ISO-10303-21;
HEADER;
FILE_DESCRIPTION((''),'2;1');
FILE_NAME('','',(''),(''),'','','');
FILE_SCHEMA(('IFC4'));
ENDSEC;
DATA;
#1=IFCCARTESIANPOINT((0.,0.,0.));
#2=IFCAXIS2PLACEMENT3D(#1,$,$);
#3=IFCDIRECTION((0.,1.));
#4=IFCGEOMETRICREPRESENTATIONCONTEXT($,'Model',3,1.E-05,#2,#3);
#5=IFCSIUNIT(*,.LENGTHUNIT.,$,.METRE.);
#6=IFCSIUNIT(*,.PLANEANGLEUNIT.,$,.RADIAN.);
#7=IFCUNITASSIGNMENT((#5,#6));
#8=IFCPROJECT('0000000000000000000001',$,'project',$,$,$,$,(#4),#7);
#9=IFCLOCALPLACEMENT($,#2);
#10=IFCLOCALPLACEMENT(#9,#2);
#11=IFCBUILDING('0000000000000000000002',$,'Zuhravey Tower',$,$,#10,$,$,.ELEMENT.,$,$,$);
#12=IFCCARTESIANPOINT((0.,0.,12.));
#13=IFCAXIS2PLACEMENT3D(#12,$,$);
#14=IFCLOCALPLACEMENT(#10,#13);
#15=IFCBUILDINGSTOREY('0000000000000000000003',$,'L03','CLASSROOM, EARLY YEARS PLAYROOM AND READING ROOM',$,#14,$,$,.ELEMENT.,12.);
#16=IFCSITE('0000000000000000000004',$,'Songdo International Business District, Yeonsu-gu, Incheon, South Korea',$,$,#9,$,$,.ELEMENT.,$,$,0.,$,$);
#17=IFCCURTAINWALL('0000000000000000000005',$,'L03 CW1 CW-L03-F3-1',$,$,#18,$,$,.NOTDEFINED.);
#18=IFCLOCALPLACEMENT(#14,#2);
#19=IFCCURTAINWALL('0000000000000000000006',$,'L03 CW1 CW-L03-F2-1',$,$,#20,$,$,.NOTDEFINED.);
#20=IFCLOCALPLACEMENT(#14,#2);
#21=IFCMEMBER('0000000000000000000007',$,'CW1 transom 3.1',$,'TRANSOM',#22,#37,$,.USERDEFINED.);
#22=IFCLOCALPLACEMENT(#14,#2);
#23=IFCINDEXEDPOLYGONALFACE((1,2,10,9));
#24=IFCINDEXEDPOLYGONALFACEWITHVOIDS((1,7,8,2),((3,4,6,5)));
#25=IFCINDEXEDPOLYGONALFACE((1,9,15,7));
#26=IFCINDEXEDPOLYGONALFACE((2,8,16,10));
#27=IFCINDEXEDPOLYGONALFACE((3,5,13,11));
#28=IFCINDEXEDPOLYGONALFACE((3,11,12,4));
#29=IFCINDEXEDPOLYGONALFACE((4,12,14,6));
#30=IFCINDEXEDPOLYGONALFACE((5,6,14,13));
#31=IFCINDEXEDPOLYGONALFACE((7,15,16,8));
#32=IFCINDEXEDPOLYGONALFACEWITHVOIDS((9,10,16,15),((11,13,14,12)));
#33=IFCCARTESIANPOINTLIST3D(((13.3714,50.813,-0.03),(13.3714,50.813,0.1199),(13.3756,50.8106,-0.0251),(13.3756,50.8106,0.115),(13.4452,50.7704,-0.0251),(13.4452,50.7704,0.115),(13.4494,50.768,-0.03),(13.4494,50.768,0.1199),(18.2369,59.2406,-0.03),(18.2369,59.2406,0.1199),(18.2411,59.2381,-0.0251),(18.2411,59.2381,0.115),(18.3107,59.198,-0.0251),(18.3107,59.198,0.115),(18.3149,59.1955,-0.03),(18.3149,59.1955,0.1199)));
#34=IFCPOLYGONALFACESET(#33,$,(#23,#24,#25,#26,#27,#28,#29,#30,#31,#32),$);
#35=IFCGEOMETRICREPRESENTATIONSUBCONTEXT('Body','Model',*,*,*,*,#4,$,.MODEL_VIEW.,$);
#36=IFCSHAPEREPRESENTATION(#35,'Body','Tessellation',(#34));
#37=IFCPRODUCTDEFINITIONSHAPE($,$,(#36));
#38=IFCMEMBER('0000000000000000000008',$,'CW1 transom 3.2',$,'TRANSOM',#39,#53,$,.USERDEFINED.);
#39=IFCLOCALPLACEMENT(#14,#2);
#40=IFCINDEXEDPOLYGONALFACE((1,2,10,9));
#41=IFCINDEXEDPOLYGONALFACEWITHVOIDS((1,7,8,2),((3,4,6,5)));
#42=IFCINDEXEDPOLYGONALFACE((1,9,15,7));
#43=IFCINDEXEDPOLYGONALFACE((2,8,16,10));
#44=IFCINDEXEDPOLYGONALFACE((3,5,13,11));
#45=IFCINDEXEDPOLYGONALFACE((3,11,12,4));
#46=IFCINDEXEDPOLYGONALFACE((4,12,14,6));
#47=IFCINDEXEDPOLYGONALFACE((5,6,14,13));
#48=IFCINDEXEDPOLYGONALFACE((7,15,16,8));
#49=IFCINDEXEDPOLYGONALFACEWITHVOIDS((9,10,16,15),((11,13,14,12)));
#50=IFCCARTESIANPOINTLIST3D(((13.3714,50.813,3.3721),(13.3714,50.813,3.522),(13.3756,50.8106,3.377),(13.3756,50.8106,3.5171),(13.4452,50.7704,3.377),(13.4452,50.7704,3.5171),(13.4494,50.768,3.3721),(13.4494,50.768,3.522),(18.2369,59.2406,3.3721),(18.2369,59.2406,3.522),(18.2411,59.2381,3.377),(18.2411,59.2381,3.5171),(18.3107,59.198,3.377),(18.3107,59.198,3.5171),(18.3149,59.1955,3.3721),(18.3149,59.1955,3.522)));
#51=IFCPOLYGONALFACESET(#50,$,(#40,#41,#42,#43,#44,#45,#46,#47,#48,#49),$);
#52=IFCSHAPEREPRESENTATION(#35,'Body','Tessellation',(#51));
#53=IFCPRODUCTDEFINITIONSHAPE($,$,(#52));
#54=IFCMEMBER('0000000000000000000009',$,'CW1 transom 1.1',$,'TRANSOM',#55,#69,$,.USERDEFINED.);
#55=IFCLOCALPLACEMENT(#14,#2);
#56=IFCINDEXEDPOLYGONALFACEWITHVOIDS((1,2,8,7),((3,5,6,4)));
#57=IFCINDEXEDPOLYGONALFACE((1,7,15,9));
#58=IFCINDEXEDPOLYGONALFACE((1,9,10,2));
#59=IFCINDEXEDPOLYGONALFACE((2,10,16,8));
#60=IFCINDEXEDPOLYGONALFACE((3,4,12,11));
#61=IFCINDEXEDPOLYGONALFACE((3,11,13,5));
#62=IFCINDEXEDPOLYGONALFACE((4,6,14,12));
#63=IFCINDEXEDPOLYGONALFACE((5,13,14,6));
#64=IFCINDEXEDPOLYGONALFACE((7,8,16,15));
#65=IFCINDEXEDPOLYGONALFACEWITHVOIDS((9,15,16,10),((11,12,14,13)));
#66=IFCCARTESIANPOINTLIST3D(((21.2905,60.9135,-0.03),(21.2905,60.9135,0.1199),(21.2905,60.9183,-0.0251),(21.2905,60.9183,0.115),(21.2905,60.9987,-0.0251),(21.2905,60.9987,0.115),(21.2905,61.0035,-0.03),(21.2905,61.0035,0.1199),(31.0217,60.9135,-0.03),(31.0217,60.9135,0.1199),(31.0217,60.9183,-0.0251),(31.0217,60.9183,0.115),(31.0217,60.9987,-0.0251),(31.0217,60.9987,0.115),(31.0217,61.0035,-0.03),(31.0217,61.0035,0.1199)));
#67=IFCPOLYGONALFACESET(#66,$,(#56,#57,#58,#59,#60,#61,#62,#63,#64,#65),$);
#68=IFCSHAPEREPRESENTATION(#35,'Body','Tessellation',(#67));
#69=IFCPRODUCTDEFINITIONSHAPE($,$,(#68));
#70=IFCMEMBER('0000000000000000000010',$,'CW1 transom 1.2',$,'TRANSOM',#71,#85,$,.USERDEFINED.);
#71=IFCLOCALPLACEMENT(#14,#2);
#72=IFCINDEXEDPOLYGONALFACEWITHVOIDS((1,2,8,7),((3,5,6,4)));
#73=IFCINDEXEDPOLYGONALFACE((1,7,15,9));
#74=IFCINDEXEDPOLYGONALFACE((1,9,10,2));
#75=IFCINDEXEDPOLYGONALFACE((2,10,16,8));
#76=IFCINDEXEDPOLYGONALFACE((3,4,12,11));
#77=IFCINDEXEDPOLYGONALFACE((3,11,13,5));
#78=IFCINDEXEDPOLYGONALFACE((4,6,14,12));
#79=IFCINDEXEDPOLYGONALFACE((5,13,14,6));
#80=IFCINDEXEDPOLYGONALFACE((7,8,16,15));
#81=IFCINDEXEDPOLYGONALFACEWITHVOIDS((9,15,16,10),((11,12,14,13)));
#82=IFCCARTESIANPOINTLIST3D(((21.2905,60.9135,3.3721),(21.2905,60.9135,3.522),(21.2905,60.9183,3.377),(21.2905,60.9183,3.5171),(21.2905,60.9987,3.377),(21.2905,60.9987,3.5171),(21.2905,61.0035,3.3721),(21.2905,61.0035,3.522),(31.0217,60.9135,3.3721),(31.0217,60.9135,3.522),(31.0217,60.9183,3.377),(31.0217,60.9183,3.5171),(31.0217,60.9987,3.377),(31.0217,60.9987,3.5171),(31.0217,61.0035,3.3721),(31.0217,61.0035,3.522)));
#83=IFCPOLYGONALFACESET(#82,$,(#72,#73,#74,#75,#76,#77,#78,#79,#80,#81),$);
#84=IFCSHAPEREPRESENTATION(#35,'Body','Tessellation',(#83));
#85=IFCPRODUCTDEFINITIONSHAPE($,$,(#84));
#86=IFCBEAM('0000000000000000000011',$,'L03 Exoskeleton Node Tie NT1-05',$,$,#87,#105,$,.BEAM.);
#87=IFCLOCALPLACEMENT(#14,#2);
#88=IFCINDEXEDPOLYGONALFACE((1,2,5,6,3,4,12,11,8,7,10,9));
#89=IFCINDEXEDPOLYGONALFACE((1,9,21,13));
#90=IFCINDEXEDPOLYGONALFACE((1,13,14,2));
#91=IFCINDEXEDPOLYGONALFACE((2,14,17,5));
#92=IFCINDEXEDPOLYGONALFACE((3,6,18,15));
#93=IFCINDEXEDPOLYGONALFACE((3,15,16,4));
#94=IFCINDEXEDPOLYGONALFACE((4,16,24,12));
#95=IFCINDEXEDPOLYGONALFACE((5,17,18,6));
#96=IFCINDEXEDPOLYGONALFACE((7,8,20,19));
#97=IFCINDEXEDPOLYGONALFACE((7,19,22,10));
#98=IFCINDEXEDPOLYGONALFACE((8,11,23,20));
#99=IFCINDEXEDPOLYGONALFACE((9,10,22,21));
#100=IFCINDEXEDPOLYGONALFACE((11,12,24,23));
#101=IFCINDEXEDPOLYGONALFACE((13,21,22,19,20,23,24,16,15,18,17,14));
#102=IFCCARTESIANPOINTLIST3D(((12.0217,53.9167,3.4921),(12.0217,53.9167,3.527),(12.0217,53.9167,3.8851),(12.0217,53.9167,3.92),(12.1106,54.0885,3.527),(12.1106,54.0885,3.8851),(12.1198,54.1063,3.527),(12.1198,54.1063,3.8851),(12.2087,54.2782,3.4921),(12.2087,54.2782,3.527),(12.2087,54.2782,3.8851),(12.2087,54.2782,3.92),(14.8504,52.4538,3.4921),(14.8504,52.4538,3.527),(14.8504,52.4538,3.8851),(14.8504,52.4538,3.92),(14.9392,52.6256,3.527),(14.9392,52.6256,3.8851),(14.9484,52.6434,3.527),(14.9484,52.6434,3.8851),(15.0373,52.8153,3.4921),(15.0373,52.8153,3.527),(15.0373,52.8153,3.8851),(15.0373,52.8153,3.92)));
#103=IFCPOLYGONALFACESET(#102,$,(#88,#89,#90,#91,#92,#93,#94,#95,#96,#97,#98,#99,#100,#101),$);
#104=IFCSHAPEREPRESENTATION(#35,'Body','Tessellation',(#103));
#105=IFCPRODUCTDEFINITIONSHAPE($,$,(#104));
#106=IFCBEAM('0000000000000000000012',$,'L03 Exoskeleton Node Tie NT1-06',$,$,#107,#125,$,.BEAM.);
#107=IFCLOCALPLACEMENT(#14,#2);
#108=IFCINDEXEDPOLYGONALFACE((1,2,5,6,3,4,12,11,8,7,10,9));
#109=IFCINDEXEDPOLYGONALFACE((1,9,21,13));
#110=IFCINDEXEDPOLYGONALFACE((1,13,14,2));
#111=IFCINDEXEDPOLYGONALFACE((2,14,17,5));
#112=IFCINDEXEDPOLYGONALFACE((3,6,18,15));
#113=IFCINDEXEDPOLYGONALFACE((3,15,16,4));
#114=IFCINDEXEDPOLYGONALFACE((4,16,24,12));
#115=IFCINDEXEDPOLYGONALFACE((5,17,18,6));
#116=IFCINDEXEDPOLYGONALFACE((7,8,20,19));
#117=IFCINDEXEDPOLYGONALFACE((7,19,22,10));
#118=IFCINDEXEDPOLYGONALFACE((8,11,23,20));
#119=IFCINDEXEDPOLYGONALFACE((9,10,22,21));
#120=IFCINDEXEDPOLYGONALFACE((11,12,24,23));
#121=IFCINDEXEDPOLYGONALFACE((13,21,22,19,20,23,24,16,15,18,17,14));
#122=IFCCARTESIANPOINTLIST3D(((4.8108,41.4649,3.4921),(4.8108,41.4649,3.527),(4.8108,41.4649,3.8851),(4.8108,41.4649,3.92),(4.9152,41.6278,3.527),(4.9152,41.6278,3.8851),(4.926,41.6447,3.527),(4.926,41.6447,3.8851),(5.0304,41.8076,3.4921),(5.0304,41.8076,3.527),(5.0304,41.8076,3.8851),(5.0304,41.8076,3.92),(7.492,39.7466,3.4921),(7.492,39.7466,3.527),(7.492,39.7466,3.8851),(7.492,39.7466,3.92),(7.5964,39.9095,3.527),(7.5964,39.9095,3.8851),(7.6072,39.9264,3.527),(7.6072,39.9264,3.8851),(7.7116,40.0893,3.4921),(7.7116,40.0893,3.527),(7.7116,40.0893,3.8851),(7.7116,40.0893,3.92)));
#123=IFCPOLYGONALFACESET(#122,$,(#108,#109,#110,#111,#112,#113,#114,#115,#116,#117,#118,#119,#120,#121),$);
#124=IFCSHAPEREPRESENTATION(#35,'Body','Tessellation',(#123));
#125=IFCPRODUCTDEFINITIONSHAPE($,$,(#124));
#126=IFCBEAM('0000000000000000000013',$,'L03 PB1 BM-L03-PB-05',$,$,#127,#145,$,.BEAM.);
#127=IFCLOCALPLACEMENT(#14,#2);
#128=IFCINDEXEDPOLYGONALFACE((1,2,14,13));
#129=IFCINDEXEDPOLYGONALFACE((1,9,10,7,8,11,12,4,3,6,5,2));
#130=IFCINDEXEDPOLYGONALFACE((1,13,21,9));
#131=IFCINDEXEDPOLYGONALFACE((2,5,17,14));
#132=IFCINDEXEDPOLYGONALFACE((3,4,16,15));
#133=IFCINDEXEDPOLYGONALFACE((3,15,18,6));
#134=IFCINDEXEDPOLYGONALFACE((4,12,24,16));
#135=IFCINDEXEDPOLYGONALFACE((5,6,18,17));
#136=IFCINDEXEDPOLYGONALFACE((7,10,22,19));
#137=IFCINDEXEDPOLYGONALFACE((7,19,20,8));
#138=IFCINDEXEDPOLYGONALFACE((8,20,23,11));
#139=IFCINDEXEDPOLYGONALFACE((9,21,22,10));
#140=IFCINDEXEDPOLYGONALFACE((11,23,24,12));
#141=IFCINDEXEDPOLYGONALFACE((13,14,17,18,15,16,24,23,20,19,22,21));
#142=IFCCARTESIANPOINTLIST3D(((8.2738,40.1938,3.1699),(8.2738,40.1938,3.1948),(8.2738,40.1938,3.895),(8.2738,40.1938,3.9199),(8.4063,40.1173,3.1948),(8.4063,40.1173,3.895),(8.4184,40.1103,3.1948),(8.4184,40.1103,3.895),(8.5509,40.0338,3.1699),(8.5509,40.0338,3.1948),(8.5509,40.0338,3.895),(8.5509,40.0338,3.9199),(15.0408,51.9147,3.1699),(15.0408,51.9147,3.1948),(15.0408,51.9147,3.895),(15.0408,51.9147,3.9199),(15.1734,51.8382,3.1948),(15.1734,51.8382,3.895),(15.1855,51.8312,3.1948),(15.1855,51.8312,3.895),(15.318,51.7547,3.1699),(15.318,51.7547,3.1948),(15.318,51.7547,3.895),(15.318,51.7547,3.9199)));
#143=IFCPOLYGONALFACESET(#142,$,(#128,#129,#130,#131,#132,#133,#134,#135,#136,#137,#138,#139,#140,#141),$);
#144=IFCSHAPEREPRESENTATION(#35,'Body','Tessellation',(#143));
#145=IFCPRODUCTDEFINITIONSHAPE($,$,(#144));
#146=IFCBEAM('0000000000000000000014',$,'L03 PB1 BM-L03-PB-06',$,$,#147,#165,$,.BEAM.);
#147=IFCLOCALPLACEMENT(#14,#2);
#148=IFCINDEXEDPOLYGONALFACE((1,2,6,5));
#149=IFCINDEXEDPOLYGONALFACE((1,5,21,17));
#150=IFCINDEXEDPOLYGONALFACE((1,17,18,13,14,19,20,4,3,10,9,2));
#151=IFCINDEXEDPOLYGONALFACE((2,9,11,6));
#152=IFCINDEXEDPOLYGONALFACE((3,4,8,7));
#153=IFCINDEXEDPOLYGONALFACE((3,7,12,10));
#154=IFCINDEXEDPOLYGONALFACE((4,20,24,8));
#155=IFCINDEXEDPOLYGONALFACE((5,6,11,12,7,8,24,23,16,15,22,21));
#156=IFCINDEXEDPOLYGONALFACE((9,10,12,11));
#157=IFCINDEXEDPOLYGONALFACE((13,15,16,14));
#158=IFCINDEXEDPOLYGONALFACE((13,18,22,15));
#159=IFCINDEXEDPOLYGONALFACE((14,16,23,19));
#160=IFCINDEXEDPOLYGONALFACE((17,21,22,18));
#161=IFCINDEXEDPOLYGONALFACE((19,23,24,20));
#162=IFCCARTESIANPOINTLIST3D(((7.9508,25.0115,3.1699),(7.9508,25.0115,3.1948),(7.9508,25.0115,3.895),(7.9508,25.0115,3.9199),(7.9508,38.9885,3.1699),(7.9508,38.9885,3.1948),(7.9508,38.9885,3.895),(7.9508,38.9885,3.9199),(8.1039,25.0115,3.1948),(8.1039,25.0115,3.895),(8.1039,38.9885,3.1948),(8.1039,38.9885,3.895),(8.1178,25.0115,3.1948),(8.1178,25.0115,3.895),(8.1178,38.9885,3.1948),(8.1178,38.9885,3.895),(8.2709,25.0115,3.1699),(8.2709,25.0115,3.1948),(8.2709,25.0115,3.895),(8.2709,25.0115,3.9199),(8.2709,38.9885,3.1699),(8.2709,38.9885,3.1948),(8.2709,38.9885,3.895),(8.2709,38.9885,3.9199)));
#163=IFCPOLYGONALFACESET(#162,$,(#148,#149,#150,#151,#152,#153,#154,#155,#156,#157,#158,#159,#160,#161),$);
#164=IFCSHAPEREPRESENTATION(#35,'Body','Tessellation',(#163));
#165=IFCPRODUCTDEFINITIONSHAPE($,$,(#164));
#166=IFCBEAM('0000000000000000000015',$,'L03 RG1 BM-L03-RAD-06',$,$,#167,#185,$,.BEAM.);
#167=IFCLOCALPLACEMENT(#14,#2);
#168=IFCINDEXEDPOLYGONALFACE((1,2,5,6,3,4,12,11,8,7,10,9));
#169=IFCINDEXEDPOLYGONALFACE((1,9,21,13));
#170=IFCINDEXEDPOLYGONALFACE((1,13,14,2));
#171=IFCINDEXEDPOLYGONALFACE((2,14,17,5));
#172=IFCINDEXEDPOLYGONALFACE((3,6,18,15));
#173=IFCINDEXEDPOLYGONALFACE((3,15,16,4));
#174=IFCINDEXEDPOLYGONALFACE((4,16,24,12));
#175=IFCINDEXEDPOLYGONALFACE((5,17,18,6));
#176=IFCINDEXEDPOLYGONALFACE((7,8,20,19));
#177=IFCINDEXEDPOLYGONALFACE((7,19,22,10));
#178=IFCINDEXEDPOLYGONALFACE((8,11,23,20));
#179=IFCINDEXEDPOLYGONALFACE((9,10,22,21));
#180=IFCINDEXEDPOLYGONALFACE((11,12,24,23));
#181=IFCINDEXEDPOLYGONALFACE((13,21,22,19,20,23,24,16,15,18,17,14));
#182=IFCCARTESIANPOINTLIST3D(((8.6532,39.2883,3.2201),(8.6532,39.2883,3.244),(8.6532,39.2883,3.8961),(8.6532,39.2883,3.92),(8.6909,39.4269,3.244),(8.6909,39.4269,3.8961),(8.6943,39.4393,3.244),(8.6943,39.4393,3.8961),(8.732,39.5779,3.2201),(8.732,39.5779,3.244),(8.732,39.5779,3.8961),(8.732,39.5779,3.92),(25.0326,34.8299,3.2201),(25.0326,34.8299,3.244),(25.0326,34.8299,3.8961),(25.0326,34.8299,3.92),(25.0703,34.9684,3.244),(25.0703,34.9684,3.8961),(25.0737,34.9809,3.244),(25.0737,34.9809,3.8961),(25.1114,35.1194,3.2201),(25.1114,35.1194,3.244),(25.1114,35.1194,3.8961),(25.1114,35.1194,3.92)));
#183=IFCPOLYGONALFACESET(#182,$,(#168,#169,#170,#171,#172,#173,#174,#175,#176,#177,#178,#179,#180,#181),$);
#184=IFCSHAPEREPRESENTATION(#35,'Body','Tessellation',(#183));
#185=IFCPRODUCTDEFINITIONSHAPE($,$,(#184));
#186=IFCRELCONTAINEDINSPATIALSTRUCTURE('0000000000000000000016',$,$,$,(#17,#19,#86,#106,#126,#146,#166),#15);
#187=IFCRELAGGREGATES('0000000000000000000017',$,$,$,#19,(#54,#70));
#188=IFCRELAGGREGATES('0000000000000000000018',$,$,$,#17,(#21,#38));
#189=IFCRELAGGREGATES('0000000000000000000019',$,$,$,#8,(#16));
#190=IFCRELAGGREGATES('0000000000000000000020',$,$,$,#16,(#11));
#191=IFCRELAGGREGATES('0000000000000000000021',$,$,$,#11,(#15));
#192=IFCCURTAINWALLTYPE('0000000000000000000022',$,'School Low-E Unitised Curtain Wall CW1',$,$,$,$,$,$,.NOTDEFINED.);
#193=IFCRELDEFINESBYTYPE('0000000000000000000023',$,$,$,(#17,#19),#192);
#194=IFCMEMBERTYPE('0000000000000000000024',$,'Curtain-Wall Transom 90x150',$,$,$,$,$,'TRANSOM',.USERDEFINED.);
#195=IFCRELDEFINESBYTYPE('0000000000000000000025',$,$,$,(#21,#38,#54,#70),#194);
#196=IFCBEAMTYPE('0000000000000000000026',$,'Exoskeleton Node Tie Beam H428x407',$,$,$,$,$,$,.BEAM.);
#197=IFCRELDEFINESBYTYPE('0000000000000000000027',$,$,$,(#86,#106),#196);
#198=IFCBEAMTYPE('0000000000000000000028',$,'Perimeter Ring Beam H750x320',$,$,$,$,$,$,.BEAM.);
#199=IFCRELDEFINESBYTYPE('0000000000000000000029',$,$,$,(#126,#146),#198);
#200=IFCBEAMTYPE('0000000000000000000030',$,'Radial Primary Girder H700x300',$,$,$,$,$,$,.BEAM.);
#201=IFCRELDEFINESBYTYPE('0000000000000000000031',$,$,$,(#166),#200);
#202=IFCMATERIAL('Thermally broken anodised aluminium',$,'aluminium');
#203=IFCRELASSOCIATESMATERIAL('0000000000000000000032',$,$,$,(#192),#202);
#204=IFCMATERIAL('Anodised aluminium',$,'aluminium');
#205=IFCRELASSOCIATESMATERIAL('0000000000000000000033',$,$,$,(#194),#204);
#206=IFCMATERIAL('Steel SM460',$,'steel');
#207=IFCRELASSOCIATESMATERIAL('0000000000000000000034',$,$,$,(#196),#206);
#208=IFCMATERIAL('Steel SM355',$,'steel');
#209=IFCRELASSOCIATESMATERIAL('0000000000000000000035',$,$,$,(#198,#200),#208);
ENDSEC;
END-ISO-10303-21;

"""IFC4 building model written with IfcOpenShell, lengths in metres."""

from ifc_helpers import new_model, si_unit, direction, frame, origin, origin_2d, place, context, subcontext, project, spatial, hollow_rectangle, i_section, extrude, material, material_profile, profile_set, type_object, element, aggregate, save


model = new_model("IFC4")

# Units and contexts
model_context = context("Model", 3, precision=1e-05, world=origin(), true_north=direction((0.0, 1.0)))
body_context = subcontext(model_context, "Body", "Model", "MODEL_VIEW")
ifc_project = project(units=[si_unit("LENGTHUNIT", "METRE"), si_unit("PLANEANGLEUNIT", "RADIAN")], contexts=[model_context])

# Site, building, storey
site_placement = place(None, origin())
site = spatial("IfcSite", under=ifc_project, at=site_placement, Name="Songdo International Business District, Yeonsu-gu, Incheon, South Korea", CompositionType="ELEMENT", RefElevation=0.0)
building_placement = place(site_placement, origin())
building = spatial("IfcBuilding", under=site, at=building_placement, Name="Zuhravey Tower", CompositionType="ELEMENT")
storey_placement = place(building_placement, frame((0.0, 0.0, 12.0)))
storey = spatial("IfcBuildingStorey", under=building, at=storey_placement, Name="L03", Description="CLASSROOM, EARLY YEARS PLAYROOM AND READING ROOM", CompositionType="ELEMENT", Elevation=12.0)

# Curtain wall
ifc_material_1 = material(Name="Thermally broken anodised aluminium", Category="aluminium")
curtain_wall_type = type_object("IfcCurtainWallType", Name="School Low-E Unitised Curtain Wall CW1", PredefinedType="NOTDEFINED", material=ifc_material_1)
curtain_wall_1_placement = place(storey_placement, origin())
curtain_wall_1 = element("IfcCurtainWall", 1, at=curtain_wall_1_placement, inside=storey, type_object=curtain_wall_type, Name="L03 CW1 CW-L03-F3-1", PredefinedType="NOTDEFINED")
ifc_material_2 = material(Name="Anodised aluminium", Category="aluminium")

# Curtain wall
curtain_wall_2_placement = place(storey_placement, origin())
curtain_wall_2 = element("IfcCurtainWall", 2, at=curtain_wall_2_placement, inside=storey, type_object=curtain_wall_type, Name="L03 CW1 CW-L03-F2-1", PredefinedType="NOTDEFINED")

# Members
ifc_material_profile_1 = material_profile(ifc_material_2, hollow_rectangle(XDim=0.0901, YDim=0.1499, WallThickness=0.0049, at=origin_2d()), Name="ALU-RHS-90x150x5")
ifc_profile_set_1 = profile_set([ifc_material_profile_1], Name="Anodised aluminium")
member_type_1 = type_object("IfcMemberType", Name="Curtain-Wall Transom 90x150", ElementType="TRANSOM", PredefinedType="USERDEFINED", material=ifc_profile_set_1)
member_1_placement = place(storey_placement, frame((13.4104, 50.7905, 0.0449), z_axis=(0.49999, 0.866031, 0.0), x_axis=(-0.866031, 0.49999, 0.0)))
member_1 = element("IfcMember", 3, at=member_1_placement, type_object=member_type_1, Name="CW1 transom 3.1", ObjectType="TRANSOM", PredefinedType="USERDEFINED", context=body_context, shape_type="SweptSolid", body=[
    extrude(hollow_rectangle(XDim=0.0901, YDim=0.1499, WallThickness=0.0049, at=origin_2d()), origin(), (0.0, 0.0, 1.0), 9.7312),
])
member_2_placement = place(storey_placement, frame((13.4104, 50.7905, 3.447), z_axis=(0.49999, 0.866031, 0.0), x_axis=(-0.866031, 0.49999, 0.0)))
member_2 = element("IfcMember", 4, at=member_2_placement, type_object=member_type_1, Name="CW1 transom 3.2", ObjectType="TRANSOM", PredefinedType="USERDEFINED", context=body_context, shape_type="SweptSolid", body=[
    extrude(hollow_rectangle(XDim=0.0901, YDim=0.1499, WallThickness=0.0049, at=origin_2d()), origin(), (0.0, 0.0, 1.0), 9.7312),
])
member_3_placement = place(storey_placement, frame((21.2905, 60.9585, 0.0449), z_axis=(1.0, 0.0, 0.0), x_axis=(0.0, 1.0, 0.0)))
member_3 = element("IfcMember", 5, at=member_3_placement, type_object=member_type_1, Name="CW1 transom 1.1", ObjectType="TRANSOM", PredefinedType="USERDEFINED", context=body_context, shape_type="SweptSolid", body=[
    extrude(hollow_rectangle(XDim=0.0901, YDim=0.1499, WallThickness=0.0049, at=origin_2d()), origin(), (0.0, 0.0, 1.0), 9.7312),
])
member_4_placement = place(storey_placement, frame((21.2905, 60.9585, 3.447), z_axis=(1.0, 0.0, 0.0), x_axis=(0.0, 1.0, 0.0)))
member_4 = element("IfcMember", 6, at=member_4_placement, type_object=member_type_1, Name="CW1 transom 1.2", ObjectType="TRANSOM", PredefinedType="USERDEFINED", context=body_context, shape_type="SweptSolid", body=[
    extrude(hollow_rectangle(XDim=0.0901, YDim=0.1499, WallThickness=0.0049, at=origin_2d()), origin(), (0.0, 0.0, 1.0), 9.7312),
])
aggregate(curtain_wall_2, [member_3, member_4])

# Beams
ifc_material_3 = material(Name="Steel SM460", Category="steel")
ifc_material_profile_2 = material_profile(ifc_material_3, i_section(OverallWidth=0.407, OverallDepth=0.428, WebThickness=0.02, FlangeThickness=0.0349, at=origin_2d()), Name="H-428x407x20x35")
ifc_profile_set_2 = profile_set([ifc_material_profile_2], Name="Steel SM460")
beam_type_1 = type_object("IfcBeamType", Name="Exoskeleton Node Tie Beam H428x407", PredefinedType="BEAM", material=ifc_profile_set_2)
for number, where, z_axis, x_axis, name in (
    (7, (14.9438, 52.6345, 3.7061), (-0.888241, 0.459377, 0.0), (-0.459377, -0.888241, 0.0), "L03 Exoskeleton Node Tie NT1-05"),
    (8, (7.6018, 39.918, 3.7061), (-0.84194, 0.539571, 0.0), (-0.539571, -0.84194, 0.0), "L03 Exoskeleton Node Tie NT1-06"),
):
    element("IfcBeam", number, at=place(storey_placement, frame(where, z_axis=z_axis, x_axis=x_axis)), inside=storey, type_object=beam_type_1, Name=name, PredefinedType="BEAM", context=body_context, shape_type="SweptSolid", body=[
        extrude(i_section(OverallWidth=0.407, OverallDepth=0.428, WebThickness=0.02, FlangeThickness=0.0349, at=origin_2d()), origin(), (0.0, 0.0, 1.0), 3.1846),
    ])
ifc_material_4 = material(Name="Steel SM355", Category="steel")
ifc_material_profile_3 = material_profile(ifc_material_4, i_section(OverallWidth=0.3201, OverallDepth=0.75, WebThickness=0.0139, FlangeThickness=0.0249, at=origin_2d()), Name="H-750x320x14x25")
ifc_profile_set_3 = profile_set([ifc_material_profile_3], Name="Steel SM355")
beam_type_2 = type_object("IfcBeamType", Name="Perimeter Ring Beam H750x320", PredefinedType="BEAM", material=ifc_profile_set_3)
beam_1_placement = place(storey_placement, frame((15.1794, 51.8347, 3.5449), z_axis=(-0.5, -0.866025, 0.0), x_axis=(0.866025, -0.5, 0.0)))
element("IfcBeam", 9, at=beam_1_placement, inside=storey, type_object=beam_type_2, Name="L03 PB1 BM-L03-PB-05", PredefinedType="BEAM", context=body_context, shape_type="SweptSolid", body=[
    extrude(i_section(OverallWidth=0.3201, OverallDepth=0.75, WebThickness=0.0139, FlangeThickness=0.0249, at=origin_2d()), origin(), (0.0, 0.0, 1.0), 13.5342),
])
beam_2_placement = place(storey_placement, frame((8.1108, 38.9885, 3.5449), z_axis=(0.0, -1.0, 0.0), x_axis=(1.0, 0.0, 0.0)))
element("IfcBeam", 10, at=beam_2_placement, inside=storey, type_object=beam_type_2, Name="L03 PB1 BM-L03-PB-06", PredefinedType="BEAM", context=body_context, shape_type="SweptSolid", body=[
    extrude(i_section(OverallWidth=0.3201, OverallDepth=0.75, WebThickness=0.0139, FlangeThickness=0.0249, at=origin_2d()), origin(), (0.0, 0.0, 1.0), 13.9771),
])
ifc_material_profile_4 = material_profile(ifc_material_4, i_section(OverallWidth=0.3, OverallDepth=0.7, WebThickness=0.0129, FlangeThickness=0.0239, at=origin_2d()), Name="H-700x300x13x24")
ifc_profile_set_4 = profile_set([ifc_material_profile_4], Name="Steel SM355")
beam_type_3 = type_object("IfcBeamType", Name="Radial Primary Girder H700x300", PredefinedType="BEAM", material=ifc_profile_set_4)
beam_3_placement = place(storey_placement, frame((25.072, 34.9746, 3.5701), z_axis=(-0.964892, 0.262645, 0.0), x_axis=(-0.262645, -0.964892, 0.0)))
element("IfcBeam", 11, at=beam_3_placement, inside=storey, type_object=beam_type_3, Name="L03 RG1 BM-L03-RAD-06", PredefinedType="BEAM", context=body_context, shape_type="SweptSolid", body=[
    extrude(i_section(OverallWidth=0.3, OverallDepth=0.7, WebThickness=0.0129, FlangeThickness=0.0239, at=origin_2d()), origin(), (0.0, 0.0, 1.0), 16.9753),
])

aggregate(curtain_wall_1, [member_1, member_2])

save(model, "model.ifc")
